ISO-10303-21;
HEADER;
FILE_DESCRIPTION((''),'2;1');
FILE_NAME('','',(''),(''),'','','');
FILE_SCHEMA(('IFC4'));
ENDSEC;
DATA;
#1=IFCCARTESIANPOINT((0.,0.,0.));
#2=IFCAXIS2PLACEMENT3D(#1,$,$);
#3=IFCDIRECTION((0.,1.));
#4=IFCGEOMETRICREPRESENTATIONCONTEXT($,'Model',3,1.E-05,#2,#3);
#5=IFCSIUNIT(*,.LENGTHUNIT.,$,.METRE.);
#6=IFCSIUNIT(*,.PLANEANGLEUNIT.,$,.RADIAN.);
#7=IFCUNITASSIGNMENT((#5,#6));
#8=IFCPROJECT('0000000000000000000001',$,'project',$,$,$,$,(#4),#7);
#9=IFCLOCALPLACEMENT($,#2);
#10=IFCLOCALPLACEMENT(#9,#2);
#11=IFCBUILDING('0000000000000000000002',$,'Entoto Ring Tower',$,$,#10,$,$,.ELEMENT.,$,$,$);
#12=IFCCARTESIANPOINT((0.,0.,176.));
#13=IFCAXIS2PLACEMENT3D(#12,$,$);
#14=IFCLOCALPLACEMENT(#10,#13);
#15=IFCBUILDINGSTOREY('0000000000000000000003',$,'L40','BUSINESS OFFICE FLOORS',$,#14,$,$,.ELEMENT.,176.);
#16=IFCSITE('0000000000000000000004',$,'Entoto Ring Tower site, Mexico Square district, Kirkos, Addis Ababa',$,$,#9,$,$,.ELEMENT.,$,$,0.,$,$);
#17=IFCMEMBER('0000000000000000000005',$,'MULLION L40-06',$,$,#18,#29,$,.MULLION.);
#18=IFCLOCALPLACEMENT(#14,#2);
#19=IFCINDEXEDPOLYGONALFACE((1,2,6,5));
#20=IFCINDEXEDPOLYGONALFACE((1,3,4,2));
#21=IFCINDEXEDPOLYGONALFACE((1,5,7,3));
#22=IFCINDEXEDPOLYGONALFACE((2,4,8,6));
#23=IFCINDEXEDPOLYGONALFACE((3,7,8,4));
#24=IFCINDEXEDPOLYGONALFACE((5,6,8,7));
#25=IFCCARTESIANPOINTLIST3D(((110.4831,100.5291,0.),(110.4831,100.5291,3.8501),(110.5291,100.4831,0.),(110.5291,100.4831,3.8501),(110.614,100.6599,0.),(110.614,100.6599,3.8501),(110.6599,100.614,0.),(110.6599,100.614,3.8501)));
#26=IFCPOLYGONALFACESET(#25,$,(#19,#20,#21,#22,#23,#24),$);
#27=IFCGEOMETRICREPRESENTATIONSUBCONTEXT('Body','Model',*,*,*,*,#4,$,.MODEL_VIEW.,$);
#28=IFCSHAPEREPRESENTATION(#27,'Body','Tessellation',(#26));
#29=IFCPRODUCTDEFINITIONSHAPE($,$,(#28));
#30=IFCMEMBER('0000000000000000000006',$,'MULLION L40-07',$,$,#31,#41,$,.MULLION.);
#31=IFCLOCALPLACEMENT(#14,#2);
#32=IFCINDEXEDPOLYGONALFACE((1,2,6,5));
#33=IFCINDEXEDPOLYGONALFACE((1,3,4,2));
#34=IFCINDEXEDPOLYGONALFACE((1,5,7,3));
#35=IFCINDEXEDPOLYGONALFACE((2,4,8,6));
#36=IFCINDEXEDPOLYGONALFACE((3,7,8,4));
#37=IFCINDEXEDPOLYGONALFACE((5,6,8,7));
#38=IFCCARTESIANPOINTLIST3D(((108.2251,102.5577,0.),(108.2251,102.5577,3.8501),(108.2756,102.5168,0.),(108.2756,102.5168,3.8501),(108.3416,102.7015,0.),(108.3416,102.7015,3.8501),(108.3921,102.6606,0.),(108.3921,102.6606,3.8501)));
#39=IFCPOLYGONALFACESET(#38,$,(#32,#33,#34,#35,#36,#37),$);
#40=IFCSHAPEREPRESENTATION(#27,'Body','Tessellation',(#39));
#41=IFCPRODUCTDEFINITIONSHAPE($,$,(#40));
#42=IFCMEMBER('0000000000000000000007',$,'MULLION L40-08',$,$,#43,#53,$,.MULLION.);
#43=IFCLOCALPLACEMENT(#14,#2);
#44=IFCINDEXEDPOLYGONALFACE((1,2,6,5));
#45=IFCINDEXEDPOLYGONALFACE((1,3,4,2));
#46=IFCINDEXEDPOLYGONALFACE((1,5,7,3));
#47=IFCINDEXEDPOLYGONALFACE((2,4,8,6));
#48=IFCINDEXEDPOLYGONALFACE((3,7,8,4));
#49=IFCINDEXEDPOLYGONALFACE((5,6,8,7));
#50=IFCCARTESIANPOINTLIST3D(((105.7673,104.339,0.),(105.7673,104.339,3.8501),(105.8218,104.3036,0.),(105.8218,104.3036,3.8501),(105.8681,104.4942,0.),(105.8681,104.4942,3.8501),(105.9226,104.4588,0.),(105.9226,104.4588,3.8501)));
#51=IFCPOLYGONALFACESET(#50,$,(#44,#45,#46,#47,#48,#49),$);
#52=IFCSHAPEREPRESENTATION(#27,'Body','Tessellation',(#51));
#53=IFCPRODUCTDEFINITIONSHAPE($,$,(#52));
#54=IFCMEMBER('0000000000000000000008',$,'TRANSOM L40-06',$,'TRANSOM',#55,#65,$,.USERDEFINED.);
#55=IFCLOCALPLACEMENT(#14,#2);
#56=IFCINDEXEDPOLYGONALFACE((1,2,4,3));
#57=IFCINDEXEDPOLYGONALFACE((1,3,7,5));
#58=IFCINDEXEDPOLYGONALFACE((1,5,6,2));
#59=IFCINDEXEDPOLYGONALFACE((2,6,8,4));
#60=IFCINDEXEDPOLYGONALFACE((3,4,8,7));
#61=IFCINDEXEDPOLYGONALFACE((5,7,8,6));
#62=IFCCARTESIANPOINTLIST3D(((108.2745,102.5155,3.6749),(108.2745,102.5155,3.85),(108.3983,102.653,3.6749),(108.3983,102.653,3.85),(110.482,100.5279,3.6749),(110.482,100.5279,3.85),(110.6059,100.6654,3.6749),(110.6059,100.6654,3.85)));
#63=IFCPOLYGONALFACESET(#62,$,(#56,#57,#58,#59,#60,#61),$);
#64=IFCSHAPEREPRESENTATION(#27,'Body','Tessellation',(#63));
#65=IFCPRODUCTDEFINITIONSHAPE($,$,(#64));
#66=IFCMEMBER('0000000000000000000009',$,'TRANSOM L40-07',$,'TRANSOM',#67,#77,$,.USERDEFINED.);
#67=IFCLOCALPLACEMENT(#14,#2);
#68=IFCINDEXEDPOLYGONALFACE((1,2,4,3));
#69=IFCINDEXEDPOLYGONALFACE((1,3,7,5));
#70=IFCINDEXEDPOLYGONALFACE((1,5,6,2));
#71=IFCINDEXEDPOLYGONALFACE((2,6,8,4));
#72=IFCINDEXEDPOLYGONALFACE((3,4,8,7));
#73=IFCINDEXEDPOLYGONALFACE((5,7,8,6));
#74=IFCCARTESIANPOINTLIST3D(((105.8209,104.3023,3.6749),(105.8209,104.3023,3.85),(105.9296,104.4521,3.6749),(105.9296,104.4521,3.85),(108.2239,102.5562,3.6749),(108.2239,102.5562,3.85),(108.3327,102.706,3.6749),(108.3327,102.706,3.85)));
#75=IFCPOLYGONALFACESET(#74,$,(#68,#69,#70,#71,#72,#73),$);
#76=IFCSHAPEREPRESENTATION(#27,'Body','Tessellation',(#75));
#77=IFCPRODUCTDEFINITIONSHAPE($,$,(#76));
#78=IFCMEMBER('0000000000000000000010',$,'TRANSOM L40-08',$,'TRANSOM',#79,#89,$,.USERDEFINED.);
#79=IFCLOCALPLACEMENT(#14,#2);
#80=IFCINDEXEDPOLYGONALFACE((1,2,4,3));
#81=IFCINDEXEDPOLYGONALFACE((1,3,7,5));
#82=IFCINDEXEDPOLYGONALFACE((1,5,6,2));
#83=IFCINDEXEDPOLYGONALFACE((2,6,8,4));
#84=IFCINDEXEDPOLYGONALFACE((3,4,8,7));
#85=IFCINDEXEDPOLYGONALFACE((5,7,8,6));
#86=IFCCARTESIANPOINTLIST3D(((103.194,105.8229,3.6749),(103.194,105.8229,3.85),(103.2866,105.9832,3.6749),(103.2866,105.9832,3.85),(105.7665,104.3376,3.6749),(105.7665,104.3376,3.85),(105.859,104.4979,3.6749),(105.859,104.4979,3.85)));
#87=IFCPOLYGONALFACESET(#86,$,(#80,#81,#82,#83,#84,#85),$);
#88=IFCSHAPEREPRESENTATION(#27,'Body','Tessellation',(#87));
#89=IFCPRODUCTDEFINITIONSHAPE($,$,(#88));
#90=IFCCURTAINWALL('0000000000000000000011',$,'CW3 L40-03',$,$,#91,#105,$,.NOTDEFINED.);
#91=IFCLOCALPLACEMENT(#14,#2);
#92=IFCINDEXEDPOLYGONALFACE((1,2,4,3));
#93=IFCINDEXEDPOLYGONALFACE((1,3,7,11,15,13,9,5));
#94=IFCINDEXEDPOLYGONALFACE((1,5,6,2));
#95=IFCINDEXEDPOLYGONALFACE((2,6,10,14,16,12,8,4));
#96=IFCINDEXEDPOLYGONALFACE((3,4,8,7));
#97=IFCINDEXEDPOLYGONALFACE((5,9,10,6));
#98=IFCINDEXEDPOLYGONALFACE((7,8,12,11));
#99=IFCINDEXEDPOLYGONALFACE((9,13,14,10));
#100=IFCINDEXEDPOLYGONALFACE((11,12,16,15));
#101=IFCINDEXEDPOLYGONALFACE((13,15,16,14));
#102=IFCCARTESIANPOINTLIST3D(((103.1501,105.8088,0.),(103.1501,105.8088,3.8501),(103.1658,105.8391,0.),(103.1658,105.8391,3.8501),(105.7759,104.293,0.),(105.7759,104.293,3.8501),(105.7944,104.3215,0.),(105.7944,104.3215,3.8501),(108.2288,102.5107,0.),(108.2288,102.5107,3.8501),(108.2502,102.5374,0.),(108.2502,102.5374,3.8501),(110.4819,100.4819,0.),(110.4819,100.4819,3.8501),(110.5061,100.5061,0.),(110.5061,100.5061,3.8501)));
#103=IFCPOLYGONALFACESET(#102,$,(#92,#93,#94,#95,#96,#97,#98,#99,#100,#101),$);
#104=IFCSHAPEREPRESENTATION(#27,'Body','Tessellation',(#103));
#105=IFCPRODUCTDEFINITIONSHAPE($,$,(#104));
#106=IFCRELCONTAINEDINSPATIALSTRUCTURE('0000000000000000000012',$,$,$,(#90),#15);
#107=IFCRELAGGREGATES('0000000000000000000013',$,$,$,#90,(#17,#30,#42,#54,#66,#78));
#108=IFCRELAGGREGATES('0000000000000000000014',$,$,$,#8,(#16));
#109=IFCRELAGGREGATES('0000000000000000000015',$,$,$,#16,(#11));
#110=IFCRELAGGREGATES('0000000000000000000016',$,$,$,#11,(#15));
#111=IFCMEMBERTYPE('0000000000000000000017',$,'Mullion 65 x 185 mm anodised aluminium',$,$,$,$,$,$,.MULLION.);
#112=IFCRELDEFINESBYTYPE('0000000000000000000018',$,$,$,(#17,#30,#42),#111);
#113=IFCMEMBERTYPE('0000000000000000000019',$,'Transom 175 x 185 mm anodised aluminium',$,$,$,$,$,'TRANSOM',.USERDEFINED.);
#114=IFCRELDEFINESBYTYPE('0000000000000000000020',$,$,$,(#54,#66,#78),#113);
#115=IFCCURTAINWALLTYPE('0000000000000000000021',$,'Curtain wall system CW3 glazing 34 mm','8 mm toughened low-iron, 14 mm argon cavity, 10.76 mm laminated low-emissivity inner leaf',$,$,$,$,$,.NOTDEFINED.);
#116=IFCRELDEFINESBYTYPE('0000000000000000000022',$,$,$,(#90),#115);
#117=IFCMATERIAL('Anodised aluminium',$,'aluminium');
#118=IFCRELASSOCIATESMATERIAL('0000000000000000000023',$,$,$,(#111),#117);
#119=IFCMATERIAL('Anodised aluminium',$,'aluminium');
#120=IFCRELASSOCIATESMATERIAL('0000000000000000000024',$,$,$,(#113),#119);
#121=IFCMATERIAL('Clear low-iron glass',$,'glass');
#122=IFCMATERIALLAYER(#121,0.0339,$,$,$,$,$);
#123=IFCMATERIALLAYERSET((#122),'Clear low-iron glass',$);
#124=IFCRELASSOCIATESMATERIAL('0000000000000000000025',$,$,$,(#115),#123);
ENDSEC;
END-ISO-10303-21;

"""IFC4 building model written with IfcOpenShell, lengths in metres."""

from ifc_helpers import new_model, si_unit, direction, frame, origin, origin_2d, place, context, subcontext, project, spatial, polyline, rectangle, outline, extrude, material, layer, layer_set, material_profile, profile_set, type_object, element, aggregate, save


model = new_model("IFC4")

# Units and contexts
model_context = context("Model", 3, precision=1e-05, world=origin(), true_north=direction((0.0, 1.0)))
body_context = subcontext(model_context, "Body", "Model", "MODEL_VIEW")
ifc_project = project(units=[si_unit("LENGTHUNIT", "METRE"), si_unit("PLANEANGLEUNIT", "RADIAN")], contexts=[model_context])

# Members
ifc_material_1 = material(Name="Anodised aluminium", Category="aluminium")
ifc_material_profile_1 = material_profile(ifc_material_1, rectangle(XDim=0.0649, YDim=0.1851, at=origin_2d()), Name="Mullion 65 x 185 mm anodised aluminium")
ifc_profile_set_1 = profile_set([ifc_material_profile_1], Name="Anodised aluminium")
member_type_1 = type_object("IfcMemberType", Name="Mullion 65 x 185 mm anodised aluminium", PredefinedType="MULLION", material=ifc_profile_set_1)
site_placement = place(None, origin())
building_placement = place(site_placement, origin())
storey_placement = place(building_placement, frame((0.0, 0.0, 176.0)))
member_1_placement = place(storey_placement, frame((110.5715, 100.5715, 0.0), z_axis=(0.0, 0.0, 1.0), x_axis=(-0.707107, 0.707107, 0.0)))
member_1 = element("IfcMember", 1, at=member_1_placement, type_object=member_type_1, Name="MULLION L40-06", PredefinedType="MULLION", context=body_context, shape_type="SweptSolid", body=[
    extrude(rectangle(XDim=0.0649, YDim=0.1851, at=origin_2d()), origin(), (0.0, 0.0, 1.0), 3.8501),
])
member_2_placement = place(storey_placement, frame((108.3086, 102.6091, 0.0), z_axis=(0.0, 0.0, 1.0), x_axis=(-0.777146, 0.62932, 0.0)))
member_2 = element("IfcMember", 2, at=member_2_placement, type_object=member_type_1, Name="MULLION L40-07", PredefinedType="MULLION", context=body_context, shape_type="SweptSolid", body=[
    extrude(rectangle(XDim=0.0649, YDim=0.1851, at=origin_2d()), origin(), (0.0, 0.0, 1.0), 3.8501),
])
member_3_placement = place(storey_placement, frame((105.845, 104.3989, 0.0), z_axis=(0.0, 0.0, 1.0), x_axis=(-0.838671, 0.544639, 0.0)))
member_3 = element("IfcMember", 3, at=member_3_placement, type_object=member_type_1, Name="MULLION L40-08", PredefinedType="MULLION", context=body_context, shape_type="SweptSolid", body=[
    extrude(rectangle(XDim=0.0649, YDim=0.1851, at=origin_2d()), origin(), (0.0, 0.0, 1.0), 3.8501),
])
ifc_material_2 = material(Name="Anodised aluminium", Category="aluminium")
ifc_material_profile_2 = material_profile(ifc_material_2, rectangle(XDim=0.1851, YDim=0.175, at=origin_2d()), Name="Transom 175 x 185 mm anodised aluminium")
ifc_profile_set_2 = profile_set([ifc_material_profile_2], Name="Anodised aluminium")
member_type_2 = type_object("IfcMemberType", Name="Transom 175 x 185 mm anodised aluminium", ElementType="TRANSOM", PredefinedType="USERDEFINED", material=ifc_profile_set_2)
member_4_placement = place(storey_placement, frame((110.5439, 100.5967, 3.7625), z_axis=(-0.743163, 0.66911, 0.0), x_axis=(-0.66911, -0.743163, 0.0)))
member_4 = element("IfcMember", 4, at=member_4_placement, type_object=member_type_2, Name="TRANSOM L40-06", ObjectType="TRANSOM", PredefinedType="USERDEFINED", context=body_context, shape_type="SweptSolid", body=[
    extrude(rectangle(XDim=0.1851, YDim=0.175, at=origin_2d()), origin(), (0.0, 0.0, 1.0), 2.9705),
])
member_5_placement = place(storey_placement, frame((108.2783, 102.6311, 3.7625), z_axis=(-0.808992, 0.58782, 0.0), x_axis=(-0.58782, -0.808992, 0.0)))
member_5 = element("IfcMember", 5, at=member_5_placement, type_object=member_type_2, Name="TRANSOM L40-07", ObjectType="TRANSOM", PredefinedType="USERDEFINED", context=body_context, shape_type="SweptSolid", body=[
    extrude(rectangle(XDim=0.1851, YDim=0.175, at=origin_2d()), origin(), (0.0, 0.0, 1.0), 2.9705),
])
member_6_placement = place(storey_placement, frame((105.8127, 104.4177, 3.7625), z_axis=(-0.866009, 0.500028, 0.0), x_axis=(-0.500028, -0.866009, 0.0)))
member_6 = element("IfcMember", 6, at=member_6_placement, type_object=member_type_2, Name="TRANSOM L40-08", ObjectType="TRANSOM", PredefinedType="USERDEFINED", context=body_context, shape_type="SweptSolid", body=[
    extrude(rectangle(XDim=0.1851, YDim=0.175, at=origin_2d()), origin(), (0.0, 0.0, 1.0), 2.9705),
])

# Site, building, storey
site = spatial("IfcSite", under=ifc_project, at=site_placement, Name="Entoto Ring Tower site, Mexico Square district, Kirkos, Addis Ababa", CompositionType="ELEMENT", RefElevation=0.0)
building = spatial("IfcBuilding", under=site, at=building_placement, Name="Entoto Ring Tower", CompositionType="ELEMENT")
storey = spatial("IfcBuildingStorey", under=building, at=storey_placement, Name="L40", Description="BUSINESS OFFICE FLOORS", CompositionType="ELEMENT", Elevation=176.0)

# Curtain wall
ifc_material_3 = material(Name="Clear low-iron glass", Category="glass")
ifc_layer = layer(ifc_material_3, 0.0339)
ifc_layer_set = layer_set([ifc_layer], Name="Clear low-iron glass")
curtain_wall_type = type_object("IfcCurtainWallType", Name="Curtain wall system CW3 glazing 34 mm", Description="8 mm toughened low-iron, 14 mm argon cavity, 10.76 mm laminated low-emissivity inner leaf", PredefinedType="NOTDEFINED", material=ifc_layer_set)
curtain_wall_1_placement = place(storey_placement, origin())
curtain_wall_1 = element("IfcCurtainWall", 7, at=curtain_wall_1_placement, inside=storey, type_object=curtain_wall_type, Name="CW3 L40-03", PredefinedType="NOTDEFINED", context=body_context, shape_type="SweptSolid", body=[
    extrude(outline(polyline([(110.5061, 100.5061), (108.2502, 102.5374), (105.7944, 104.3215), (103.1658, 105.8391), (103.1501, 105.8088), (105.7759, 104.293), (108.2288, 102.5107), (110.4819, 100.4819), (110.5061, 100.5061)])), origin(), (0.0, 0.0, 1.0), 3.8501),
])
aggregate(curtain_wall_1, [member_1, member_2, member_3, member_4, member_5, member_6])

save(model, "model.ifc")
